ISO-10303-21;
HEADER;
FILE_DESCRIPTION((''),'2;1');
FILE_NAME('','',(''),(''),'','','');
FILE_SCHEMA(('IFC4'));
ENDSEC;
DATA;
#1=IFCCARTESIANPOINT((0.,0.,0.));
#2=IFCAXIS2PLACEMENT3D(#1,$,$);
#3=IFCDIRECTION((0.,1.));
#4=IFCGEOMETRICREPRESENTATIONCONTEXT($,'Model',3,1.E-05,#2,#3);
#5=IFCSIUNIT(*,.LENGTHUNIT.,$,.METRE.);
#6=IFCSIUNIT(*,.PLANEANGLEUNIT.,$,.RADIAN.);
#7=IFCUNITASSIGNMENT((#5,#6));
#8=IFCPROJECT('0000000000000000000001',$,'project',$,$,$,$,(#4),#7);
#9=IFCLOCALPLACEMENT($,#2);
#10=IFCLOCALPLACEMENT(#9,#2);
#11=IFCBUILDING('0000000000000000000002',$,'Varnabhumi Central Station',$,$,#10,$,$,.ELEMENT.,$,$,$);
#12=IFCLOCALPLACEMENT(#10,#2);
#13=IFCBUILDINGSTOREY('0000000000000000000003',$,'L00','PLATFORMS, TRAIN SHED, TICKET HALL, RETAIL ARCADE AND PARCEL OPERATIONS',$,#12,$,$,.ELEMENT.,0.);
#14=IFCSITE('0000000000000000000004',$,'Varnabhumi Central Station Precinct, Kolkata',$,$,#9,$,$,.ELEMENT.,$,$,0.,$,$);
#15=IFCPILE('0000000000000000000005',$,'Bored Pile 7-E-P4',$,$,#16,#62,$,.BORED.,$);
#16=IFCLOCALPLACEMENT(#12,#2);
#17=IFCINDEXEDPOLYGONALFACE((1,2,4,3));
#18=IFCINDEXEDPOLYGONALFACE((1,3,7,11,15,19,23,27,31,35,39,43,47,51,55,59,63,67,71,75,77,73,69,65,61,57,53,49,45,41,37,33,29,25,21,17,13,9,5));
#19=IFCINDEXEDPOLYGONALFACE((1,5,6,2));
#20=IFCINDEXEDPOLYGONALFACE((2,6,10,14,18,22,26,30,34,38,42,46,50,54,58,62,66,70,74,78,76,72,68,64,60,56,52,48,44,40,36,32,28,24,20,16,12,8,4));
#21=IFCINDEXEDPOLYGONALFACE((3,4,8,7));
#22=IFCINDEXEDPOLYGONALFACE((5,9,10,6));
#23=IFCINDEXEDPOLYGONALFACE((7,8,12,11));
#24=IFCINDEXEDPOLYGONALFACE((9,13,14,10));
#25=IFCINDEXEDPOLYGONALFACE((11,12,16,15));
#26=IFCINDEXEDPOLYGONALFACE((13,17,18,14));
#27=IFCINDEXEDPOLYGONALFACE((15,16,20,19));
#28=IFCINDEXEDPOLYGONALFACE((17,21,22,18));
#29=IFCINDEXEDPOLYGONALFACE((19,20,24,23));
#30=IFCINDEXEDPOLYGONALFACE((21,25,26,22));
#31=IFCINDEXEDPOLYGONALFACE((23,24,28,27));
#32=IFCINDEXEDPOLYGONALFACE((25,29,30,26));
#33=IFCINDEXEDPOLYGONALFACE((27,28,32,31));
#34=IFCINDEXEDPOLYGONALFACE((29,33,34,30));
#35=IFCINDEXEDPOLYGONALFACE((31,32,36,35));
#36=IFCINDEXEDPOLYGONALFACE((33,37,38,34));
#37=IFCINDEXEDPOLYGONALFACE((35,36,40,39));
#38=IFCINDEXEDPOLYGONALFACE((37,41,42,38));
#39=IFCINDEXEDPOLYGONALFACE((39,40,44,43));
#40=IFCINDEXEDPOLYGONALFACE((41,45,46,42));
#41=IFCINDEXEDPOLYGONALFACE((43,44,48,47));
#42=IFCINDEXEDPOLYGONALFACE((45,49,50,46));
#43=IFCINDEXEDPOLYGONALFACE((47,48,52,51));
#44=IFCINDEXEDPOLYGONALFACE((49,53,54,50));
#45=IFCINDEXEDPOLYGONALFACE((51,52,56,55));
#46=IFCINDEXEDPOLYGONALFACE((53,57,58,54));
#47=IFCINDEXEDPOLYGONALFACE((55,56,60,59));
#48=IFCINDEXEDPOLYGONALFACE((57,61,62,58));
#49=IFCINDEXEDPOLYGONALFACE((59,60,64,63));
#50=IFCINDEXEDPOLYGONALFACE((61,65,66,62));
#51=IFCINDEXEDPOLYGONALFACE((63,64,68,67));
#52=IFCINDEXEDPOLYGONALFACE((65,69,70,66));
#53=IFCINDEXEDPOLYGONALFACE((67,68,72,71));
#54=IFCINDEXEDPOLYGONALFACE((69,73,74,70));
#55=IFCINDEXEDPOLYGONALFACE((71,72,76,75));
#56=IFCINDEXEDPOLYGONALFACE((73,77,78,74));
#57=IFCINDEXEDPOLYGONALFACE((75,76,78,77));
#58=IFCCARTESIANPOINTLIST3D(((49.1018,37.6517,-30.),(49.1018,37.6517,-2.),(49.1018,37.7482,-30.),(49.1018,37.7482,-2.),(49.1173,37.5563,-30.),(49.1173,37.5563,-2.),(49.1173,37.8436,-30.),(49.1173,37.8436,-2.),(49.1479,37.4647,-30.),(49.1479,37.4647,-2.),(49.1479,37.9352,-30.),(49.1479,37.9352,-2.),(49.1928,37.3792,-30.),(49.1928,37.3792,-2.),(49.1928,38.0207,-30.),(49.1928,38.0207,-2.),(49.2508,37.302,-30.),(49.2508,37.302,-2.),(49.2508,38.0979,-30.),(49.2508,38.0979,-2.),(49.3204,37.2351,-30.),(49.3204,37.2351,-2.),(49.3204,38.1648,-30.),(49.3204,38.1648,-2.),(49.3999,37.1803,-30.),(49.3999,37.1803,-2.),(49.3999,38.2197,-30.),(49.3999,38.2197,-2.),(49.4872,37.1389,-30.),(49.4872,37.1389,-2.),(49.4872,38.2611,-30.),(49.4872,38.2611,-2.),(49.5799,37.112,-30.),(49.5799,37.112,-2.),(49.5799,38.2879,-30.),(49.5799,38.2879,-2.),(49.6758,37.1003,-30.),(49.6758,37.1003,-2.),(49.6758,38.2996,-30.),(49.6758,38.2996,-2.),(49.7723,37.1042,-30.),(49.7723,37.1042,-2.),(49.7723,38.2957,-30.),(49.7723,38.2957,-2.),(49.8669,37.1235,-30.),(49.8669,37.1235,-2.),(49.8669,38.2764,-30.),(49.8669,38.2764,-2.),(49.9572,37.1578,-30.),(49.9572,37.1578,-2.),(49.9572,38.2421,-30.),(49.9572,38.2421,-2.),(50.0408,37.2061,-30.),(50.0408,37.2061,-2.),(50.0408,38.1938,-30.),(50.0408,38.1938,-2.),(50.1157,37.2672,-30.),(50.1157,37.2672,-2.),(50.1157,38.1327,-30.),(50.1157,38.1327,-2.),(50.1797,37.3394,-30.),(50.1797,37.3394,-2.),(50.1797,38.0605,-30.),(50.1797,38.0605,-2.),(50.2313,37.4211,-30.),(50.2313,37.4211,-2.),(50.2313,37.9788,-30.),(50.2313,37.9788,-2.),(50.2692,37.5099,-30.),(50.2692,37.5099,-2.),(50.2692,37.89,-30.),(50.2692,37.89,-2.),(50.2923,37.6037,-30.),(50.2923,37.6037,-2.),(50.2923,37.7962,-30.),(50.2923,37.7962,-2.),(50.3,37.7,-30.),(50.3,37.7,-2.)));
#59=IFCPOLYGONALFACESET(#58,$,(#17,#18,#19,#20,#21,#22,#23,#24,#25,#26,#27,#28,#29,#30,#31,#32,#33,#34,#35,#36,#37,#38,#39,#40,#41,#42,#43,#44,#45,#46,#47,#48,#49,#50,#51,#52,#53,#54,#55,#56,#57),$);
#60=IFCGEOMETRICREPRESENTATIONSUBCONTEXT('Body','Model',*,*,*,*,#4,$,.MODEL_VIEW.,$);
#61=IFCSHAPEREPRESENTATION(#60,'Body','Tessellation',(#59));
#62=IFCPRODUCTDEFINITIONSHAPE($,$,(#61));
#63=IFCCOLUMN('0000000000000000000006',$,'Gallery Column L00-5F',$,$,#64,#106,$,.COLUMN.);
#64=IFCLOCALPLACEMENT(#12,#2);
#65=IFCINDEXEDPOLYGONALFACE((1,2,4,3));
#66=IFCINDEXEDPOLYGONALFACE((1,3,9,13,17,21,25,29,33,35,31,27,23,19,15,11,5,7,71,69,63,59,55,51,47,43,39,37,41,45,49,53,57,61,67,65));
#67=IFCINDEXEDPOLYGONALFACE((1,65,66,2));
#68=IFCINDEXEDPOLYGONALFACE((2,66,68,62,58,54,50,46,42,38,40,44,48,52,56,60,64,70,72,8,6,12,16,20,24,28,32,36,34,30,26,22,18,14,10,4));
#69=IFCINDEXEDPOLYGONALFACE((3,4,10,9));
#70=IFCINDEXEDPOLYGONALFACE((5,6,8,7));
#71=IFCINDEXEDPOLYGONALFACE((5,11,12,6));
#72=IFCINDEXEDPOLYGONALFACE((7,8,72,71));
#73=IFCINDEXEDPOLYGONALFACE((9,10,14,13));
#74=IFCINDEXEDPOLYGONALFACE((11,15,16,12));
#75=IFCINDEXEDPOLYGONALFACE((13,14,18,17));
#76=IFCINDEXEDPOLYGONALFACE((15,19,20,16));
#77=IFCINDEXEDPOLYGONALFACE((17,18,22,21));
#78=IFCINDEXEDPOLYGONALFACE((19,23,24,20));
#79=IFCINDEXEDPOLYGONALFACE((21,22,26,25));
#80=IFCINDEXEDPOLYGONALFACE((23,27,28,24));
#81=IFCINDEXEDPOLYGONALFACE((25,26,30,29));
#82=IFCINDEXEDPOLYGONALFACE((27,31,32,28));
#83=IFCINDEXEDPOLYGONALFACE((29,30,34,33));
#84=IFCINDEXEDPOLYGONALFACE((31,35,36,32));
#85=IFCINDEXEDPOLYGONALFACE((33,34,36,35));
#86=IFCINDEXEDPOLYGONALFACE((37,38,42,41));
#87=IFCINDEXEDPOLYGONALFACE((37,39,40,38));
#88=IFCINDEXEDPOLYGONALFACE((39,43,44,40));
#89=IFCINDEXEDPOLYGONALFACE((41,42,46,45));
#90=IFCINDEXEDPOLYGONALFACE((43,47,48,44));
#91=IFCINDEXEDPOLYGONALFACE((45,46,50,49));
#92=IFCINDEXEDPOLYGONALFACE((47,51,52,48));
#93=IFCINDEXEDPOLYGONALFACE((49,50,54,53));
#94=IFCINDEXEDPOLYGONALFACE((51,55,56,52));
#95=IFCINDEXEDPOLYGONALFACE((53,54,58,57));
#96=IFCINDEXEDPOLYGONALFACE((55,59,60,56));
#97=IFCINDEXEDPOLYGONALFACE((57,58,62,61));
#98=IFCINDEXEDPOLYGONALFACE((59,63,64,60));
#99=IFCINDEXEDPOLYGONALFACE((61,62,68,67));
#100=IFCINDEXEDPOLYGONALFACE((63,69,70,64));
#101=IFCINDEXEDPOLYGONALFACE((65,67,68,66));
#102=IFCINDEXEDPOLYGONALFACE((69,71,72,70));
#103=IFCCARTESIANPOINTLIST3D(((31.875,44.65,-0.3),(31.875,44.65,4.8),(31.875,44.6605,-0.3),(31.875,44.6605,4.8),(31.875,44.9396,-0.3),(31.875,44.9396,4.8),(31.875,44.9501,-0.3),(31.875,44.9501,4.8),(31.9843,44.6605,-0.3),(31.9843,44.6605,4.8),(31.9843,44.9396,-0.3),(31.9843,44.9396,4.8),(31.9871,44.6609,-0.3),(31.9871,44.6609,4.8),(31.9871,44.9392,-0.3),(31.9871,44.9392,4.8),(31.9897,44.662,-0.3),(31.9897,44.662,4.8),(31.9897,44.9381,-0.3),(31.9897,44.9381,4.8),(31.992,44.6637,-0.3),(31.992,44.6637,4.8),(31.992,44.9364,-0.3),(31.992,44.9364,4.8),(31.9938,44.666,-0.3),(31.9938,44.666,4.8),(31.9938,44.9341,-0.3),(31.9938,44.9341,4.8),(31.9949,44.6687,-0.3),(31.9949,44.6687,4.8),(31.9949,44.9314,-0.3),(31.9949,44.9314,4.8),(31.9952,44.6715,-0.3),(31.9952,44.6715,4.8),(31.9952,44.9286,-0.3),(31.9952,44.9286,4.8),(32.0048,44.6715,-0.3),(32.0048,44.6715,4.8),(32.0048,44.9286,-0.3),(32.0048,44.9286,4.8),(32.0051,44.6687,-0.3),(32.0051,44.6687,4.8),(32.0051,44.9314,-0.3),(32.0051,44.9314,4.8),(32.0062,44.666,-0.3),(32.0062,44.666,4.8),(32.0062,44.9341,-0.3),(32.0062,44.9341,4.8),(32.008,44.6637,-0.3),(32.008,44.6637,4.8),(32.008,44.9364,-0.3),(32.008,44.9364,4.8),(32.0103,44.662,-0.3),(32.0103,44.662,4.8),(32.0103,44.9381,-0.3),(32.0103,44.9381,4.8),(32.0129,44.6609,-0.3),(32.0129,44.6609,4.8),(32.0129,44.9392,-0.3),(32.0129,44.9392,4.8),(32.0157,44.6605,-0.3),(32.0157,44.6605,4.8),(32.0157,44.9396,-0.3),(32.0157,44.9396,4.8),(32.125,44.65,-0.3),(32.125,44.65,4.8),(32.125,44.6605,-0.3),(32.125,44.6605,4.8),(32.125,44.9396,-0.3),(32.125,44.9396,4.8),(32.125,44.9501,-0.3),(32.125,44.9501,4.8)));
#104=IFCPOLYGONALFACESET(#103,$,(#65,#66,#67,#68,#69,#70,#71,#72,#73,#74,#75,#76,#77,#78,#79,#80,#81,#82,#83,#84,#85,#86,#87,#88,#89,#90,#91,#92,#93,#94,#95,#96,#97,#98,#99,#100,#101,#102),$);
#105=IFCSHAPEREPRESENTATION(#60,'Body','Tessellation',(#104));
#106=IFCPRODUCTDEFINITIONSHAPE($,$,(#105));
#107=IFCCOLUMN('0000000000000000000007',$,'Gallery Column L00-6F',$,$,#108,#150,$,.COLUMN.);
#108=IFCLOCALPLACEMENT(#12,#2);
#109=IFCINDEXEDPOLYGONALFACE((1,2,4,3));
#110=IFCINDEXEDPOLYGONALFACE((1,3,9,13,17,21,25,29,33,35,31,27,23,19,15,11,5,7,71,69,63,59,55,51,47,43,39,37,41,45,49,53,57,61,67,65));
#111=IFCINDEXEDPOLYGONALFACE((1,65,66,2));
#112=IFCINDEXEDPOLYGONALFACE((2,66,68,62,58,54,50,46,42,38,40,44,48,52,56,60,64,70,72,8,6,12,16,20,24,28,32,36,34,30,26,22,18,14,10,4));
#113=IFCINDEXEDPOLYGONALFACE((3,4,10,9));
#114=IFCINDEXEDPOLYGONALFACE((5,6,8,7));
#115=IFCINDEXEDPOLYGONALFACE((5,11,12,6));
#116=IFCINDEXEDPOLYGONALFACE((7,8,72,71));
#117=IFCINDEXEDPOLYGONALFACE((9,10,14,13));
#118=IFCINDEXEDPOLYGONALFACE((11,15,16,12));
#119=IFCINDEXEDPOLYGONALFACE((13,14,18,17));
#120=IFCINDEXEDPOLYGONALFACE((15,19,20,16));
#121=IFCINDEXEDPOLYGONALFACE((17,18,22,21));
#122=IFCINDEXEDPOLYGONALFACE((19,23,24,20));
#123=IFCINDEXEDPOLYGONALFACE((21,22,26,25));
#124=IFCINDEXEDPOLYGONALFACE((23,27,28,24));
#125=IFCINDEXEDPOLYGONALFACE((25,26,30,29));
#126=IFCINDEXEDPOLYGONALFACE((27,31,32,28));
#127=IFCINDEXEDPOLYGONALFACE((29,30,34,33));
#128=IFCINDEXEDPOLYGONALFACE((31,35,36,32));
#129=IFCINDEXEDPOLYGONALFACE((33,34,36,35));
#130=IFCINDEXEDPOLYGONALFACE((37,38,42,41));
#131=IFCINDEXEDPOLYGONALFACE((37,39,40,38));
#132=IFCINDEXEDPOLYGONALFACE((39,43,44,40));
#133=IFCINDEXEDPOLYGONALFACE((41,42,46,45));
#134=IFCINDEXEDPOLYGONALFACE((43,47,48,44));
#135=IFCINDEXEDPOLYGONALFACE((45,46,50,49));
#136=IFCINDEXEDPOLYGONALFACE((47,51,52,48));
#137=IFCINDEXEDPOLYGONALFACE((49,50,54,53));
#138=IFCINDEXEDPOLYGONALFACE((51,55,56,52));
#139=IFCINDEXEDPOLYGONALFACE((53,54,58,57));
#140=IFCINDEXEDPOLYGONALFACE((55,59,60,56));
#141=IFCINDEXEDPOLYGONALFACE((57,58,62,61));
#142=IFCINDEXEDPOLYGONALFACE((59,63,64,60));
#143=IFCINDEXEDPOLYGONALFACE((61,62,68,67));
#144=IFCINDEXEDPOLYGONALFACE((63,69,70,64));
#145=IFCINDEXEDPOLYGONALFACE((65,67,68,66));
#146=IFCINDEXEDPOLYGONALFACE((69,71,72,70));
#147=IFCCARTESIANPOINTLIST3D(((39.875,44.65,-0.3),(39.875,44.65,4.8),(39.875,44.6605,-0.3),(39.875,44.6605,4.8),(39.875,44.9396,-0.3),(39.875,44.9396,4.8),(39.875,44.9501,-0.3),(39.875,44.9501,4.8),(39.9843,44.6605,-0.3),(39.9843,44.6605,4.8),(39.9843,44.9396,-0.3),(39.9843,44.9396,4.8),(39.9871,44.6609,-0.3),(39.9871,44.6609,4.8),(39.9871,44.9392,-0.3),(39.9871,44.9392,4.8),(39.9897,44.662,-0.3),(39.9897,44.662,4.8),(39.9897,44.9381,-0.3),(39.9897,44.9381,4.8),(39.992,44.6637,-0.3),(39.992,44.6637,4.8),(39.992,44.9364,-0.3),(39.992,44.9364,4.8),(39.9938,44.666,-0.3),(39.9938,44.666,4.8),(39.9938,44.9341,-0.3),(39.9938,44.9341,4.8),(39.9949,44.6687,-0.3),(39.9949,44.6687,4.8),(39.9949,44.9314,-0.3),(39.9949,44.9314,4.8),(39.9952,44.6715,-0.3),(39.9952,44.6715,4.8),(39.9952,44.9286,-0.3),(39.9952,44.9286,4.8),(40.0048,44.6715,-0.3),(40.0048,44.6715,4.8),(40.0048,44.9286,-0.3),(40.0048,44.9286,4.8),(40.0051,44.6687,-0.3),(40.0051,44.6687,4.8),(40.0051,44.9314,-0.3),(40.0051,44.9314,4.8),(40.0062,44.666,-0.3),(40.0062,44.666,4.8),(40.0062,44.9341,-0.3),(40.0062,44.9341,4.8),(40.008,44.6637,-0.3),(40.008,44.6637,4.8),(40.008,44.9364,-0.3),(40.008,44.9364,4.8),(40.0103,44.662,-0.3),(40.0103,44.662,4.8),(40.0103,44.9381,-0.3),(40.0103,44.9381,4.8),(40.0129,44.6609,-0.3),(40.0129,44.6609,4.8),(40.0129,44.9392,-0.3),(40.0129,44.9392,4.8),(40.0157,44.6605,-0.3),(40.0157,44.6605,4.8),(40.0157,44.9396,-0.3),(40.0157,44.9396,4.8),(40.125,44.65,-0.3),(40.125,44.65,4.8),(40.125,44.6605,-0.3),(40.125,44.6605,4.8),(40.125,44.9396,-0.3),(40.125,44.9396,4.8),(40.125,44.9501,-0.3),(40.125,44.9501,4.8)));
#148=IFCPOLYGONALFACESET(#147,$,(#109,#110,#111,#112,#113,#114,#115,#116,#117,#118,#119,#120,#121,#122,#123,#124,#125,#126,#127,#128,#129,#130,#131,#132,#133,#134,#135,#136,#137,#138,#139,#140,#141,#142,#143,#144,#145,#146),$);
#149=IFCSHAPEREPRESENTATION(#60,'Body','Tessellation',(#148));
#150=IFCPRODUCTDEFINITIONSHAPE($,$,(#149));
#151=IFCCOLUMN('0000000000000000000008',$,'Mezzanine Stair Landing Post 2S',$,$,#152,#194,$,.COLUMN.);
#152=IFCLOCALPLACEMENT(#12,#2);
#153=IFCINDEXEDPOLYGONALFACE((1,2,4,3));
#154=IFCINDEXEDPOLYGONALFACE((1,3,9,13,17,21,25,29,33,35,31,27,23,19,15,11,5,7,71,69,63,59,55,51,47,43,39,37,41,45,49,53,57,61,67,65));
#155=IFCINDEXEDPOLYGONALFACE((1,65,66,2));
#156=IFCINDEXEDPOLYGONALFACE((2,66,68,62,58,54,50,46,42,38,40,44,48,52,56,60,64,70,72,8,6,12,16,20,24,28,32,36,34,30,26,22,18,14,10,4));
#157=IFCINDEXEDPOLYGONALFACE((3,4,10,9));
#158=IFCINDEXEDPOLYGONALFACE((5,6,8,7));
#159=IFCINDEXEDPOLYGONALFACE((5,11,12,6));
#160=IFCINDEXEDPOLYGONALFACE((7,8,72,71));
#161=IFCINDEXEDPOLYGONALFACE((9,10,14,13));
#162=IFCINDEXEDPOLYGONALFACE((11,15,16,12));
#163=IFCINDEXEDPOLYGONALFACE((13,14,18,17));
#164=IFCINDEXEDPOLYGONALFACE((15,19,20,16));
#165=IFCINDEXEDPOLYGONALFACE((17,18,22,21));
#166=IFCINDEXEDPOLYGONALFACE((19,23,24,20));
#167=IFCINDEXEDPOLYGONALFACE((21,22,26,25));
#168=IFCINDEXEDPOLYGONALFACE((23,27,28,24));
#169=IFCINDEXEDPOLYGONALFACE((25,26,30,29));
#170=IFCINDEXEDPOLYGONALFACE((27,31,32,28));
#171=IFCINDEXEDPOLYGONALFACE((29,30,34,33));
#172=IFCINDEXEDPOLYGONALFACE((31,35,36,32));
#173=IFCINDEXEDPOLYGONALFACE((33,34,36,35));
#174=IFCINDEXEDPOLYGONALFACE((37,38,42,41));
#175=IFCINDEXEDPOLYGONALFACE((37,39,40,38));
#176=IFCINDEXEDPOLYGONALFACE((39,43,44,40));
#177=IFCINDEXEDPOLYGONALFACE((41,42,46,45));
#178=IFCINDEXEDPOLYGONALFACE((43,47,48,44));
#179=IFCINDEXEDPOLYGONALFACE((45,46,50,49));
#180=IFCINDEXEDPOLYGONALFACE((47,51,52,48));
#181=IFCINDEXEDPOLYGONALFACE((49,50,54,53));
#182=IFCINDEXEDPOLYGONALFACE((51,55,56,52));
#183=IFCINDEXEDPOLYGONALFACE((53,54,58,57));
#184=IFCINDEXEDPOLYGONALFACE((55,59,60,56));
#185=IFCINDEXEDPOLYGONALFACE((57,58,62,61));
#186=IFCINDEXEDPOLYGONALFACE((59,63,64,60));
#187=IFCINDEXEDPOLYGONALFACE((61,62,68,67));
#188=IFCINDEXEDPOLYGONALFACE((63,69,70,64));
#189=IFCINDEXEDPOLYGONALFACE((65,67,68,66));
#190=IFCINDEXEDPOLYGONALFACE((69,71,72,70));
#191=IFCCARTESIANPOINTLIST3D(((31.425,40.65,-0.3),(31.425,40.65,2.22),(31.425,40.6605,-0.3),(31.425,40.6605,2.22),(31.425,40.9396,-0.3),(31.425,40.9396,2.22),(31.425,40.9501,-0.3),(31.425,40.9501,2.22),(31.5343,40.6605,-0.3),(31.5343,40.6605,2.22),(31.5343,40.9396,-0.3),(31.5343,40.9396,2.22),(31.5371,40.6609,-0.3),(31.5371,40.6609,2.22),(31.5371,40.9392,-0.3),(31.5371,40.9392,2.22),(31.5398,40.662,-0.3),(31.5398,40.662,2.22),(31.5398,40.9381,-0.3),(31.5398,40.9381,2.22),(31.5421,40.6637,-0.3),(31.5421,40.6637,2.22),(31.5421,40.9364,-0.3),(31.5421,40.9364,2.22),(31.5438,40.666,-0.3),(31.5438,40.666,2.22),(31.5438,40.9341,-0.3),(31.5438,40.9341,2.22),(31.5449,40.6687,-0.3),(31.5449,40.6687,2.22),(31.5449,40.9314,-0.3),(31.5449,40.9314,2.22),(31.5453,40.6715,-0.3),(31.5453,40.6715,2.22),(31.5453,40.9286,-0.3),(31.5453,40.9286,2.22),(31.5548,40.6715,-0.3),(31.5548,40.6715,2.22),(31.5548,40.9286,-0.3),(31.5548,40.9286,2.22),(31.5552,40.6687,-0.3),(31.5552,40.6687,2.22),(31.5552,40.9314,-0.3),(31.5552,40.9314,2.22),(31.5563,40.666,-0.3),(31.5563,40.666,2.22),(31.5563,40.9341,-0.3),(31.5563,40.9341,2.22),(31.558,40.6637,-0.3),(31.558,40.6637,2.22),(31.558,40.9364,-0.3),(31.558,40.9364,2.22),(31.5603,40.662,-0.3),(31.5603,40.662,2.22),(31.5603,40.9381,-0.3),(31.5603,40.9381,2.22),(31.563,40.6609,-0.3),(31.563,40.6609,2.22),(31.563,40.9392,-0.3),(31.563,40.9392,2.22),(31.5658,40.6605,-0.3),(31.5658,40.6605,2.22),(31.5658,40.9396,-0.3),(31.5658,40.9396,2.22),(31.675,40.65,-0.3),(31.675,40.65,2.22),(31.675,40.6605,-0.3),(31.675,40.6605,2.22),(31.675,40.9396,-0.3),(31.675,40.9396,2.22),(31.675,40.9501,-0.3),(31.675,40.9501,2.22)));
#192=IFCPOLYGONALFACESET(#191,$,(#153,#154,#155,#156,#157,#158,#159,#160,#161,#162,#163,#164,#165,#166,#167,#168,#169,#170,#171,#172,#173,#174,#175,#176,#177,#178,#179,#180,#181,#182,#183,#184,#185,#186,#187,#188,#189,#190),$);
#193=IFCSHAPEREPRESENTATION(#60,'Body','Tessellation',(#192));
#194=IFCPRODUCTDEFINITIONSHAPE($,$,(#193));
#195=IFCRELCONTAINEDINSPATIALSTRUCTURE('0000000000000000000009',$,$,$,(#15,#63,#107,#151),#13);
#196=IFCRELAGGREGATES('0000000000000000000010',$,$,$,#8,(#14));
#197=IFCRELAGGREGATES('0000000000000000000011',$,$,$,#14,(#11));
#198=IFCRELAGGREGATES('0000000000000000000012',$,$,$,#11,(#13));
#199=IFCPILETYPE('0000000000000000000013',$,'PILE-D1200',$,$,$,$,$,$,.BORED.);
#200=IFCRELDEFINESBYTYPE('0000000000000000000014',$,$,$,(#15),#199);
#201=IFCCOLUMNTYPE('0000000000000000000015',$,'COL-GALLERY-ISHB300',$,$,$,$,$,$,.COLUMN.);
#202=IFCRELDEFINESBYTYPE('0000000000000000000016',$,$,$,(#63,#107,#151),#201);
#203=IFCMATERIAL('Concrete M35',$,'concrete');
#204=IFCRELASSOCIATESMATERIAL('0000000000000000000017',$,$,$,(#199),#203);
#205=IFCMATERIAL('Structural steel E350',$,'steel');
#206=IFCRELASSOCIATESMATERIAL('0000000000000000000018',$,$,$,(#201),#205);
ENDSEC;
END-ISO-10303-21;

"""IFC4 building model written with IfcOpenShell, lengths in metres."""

from ifc_helpers import new_model, si_unit, direction, frame, origin, origin_2d, place, context, subcontext, project, spatial, circle, i_section, extrude, material, material_profile, profile_set, type_object, element, save


model = new_model("IFC4")

# Units and contexts
model_context = context("Model", 3, precision=1e-05, world=origin(), true_north=direction((0.0, 1.0)))
body_context = subcontext(model_context, "Body", "Model", "MODEL_VIEW")
ifc_project = project(units=[si_unit("LENGTHUNIT", "METRE"), si_unit("PLANEANGLEUNIT", "RADIAN")], contexts=[model_context])

# Site, building, storey
site_placement = place(None, origin())
site = spatial("IfcSite", under=ifc_project, at=site_placement, Name="Varnabhumi Central Station Precinct, Kolkata", CompositionType="ELEMENT", RefElevation=0.0)
building_placement = place(site_placement, origin())
building = spatial("IfcBuilding", under=site, at=building_placement, Name="Varnabhumi Central Station", CompositionType="ELEMENT")
storey_placement = place(building_placement, origin())
storey = spatial("IfcBuildingStorey", under=building, at=storey_placement, Name="L00", Description="PLATFORMS, TRAIN SHED, TICKET HALL, RETAIL ARCADE AND PARCEL OPERATIONS", CompositionType="ELEMENT", Elevation=0.0)

# Pile
ifc_material_1 = material(Name="Concrete M35", Category="concrete")
ifc_material_profile_1 = material_profile(ifc_material_1, circle(Radius=0.6001, at=origin_2d()), Name="Concrete M35", Category="concrete")
ifc_profile_set_1 = profile_set([ifc_material_profile_1], Name="Concrete M35")
pile_type_1 = type_object("IfcPileType", Name="PILE-D1200", PredefinedType="BORED", material=ifc_profile_set_1)
for number, where, z_axis, x_axis, name in (
    (1, (49.7, 37.7, -2.0), (0.0, 0.0, -1.0), (1.0, 0.0, 0.0), "Bored Pile 7-E-P4"),
):
    element("IfcPile", number, at=place(storey_placement, frame(where, z_axis=z_axis, x_axis=x_axis)), inside=storey, type_object=pile_type_1, Name=name, PredefinedType="BORED", context=body_context, shape_type="SweptSolid", body=[
        extrude(circle(Radius=0.6001, at=origin_2d()), origin(), (0.0, 0.0, 1.0), 28.0),
    ])

# Columns
ifc_material_2 = material(Name="Structural steel E350", Category="steel")
ifc_material_profile_2 = material_profile(ifc_material_2, i_section(OverallWidth=0.25, OverallDepth=0.3, WebThickness=0.0095, FlangeThickness=0.0105, FilletRadius=0.011, at=origin_2d()), Name="Structural steel E350", Category="steel")
ifc_profile_set_2 = profile_set([ifc_material_profile_2], Name="Structural steel E350")
column_type = type_object("IfcColumnType", Name="COL-GALLERY-ISHB300", PredefinedType="COLUMN", material=ifc_profile_set_2)
for number, where, z_axis, x_axis, name in (
    (2, (32.0, 44.8, -0.3), (0.0, 0.0, 1.0), (1.0, 0.0, 0.0), "Gallery Column L00-5F"),
    (3, (40.0, 44.8, -0.3), (0.0, 0.0, 1.0), (1.0, 0.0, 0.0), "Gallery Column L00-6F"),
):
    element("IfcColumn", number, at=place(storey_placement, frame(where, z_axis=z_axis, x_axis=x_axis)), inside=storey, type_object=column_type, Name=name, PredefinedType="COLUMN", context=body_context, shape_type="SweptSolid", body=[
        extrude(i_section(OverallWidth=0.25, OverallDepth=0.3, WebThickness=0.0095, FlangeThickness=0.0105, FilletRadius=0.011, at=origin_2d()), origin(), (0.0, 0.0, 1.0), 5.1001),
    ])
for number, where, z_axis, x_axis, name in (
    (4, (31.55, 40.8, -0.3), (0.0, 0.0, 1.0), (1.0, 0.0, 0.0), "Mezzanine Stair Landing Post 2S"),
):
    element("IfcColumn", number, at=place(storey_placement, frame(where, z_axis=z_axis, x_axis=x_axis)), inside=storey, type_object=column_type, Name=name, PredefinedType="COLUMN", context=body_context, shape_type="SweptSolid", body=[
        extrude(i_section(OverallWidth=0.25, OverallDepth=0.3, WebThickness=0.0095, FlangeThickness=0.0105, FilletRadius=0.011, at=origin_2d()), origin(), (0.0, 0.0, 1.0), 2.52),
    ])

save(model, "model.ifc")
